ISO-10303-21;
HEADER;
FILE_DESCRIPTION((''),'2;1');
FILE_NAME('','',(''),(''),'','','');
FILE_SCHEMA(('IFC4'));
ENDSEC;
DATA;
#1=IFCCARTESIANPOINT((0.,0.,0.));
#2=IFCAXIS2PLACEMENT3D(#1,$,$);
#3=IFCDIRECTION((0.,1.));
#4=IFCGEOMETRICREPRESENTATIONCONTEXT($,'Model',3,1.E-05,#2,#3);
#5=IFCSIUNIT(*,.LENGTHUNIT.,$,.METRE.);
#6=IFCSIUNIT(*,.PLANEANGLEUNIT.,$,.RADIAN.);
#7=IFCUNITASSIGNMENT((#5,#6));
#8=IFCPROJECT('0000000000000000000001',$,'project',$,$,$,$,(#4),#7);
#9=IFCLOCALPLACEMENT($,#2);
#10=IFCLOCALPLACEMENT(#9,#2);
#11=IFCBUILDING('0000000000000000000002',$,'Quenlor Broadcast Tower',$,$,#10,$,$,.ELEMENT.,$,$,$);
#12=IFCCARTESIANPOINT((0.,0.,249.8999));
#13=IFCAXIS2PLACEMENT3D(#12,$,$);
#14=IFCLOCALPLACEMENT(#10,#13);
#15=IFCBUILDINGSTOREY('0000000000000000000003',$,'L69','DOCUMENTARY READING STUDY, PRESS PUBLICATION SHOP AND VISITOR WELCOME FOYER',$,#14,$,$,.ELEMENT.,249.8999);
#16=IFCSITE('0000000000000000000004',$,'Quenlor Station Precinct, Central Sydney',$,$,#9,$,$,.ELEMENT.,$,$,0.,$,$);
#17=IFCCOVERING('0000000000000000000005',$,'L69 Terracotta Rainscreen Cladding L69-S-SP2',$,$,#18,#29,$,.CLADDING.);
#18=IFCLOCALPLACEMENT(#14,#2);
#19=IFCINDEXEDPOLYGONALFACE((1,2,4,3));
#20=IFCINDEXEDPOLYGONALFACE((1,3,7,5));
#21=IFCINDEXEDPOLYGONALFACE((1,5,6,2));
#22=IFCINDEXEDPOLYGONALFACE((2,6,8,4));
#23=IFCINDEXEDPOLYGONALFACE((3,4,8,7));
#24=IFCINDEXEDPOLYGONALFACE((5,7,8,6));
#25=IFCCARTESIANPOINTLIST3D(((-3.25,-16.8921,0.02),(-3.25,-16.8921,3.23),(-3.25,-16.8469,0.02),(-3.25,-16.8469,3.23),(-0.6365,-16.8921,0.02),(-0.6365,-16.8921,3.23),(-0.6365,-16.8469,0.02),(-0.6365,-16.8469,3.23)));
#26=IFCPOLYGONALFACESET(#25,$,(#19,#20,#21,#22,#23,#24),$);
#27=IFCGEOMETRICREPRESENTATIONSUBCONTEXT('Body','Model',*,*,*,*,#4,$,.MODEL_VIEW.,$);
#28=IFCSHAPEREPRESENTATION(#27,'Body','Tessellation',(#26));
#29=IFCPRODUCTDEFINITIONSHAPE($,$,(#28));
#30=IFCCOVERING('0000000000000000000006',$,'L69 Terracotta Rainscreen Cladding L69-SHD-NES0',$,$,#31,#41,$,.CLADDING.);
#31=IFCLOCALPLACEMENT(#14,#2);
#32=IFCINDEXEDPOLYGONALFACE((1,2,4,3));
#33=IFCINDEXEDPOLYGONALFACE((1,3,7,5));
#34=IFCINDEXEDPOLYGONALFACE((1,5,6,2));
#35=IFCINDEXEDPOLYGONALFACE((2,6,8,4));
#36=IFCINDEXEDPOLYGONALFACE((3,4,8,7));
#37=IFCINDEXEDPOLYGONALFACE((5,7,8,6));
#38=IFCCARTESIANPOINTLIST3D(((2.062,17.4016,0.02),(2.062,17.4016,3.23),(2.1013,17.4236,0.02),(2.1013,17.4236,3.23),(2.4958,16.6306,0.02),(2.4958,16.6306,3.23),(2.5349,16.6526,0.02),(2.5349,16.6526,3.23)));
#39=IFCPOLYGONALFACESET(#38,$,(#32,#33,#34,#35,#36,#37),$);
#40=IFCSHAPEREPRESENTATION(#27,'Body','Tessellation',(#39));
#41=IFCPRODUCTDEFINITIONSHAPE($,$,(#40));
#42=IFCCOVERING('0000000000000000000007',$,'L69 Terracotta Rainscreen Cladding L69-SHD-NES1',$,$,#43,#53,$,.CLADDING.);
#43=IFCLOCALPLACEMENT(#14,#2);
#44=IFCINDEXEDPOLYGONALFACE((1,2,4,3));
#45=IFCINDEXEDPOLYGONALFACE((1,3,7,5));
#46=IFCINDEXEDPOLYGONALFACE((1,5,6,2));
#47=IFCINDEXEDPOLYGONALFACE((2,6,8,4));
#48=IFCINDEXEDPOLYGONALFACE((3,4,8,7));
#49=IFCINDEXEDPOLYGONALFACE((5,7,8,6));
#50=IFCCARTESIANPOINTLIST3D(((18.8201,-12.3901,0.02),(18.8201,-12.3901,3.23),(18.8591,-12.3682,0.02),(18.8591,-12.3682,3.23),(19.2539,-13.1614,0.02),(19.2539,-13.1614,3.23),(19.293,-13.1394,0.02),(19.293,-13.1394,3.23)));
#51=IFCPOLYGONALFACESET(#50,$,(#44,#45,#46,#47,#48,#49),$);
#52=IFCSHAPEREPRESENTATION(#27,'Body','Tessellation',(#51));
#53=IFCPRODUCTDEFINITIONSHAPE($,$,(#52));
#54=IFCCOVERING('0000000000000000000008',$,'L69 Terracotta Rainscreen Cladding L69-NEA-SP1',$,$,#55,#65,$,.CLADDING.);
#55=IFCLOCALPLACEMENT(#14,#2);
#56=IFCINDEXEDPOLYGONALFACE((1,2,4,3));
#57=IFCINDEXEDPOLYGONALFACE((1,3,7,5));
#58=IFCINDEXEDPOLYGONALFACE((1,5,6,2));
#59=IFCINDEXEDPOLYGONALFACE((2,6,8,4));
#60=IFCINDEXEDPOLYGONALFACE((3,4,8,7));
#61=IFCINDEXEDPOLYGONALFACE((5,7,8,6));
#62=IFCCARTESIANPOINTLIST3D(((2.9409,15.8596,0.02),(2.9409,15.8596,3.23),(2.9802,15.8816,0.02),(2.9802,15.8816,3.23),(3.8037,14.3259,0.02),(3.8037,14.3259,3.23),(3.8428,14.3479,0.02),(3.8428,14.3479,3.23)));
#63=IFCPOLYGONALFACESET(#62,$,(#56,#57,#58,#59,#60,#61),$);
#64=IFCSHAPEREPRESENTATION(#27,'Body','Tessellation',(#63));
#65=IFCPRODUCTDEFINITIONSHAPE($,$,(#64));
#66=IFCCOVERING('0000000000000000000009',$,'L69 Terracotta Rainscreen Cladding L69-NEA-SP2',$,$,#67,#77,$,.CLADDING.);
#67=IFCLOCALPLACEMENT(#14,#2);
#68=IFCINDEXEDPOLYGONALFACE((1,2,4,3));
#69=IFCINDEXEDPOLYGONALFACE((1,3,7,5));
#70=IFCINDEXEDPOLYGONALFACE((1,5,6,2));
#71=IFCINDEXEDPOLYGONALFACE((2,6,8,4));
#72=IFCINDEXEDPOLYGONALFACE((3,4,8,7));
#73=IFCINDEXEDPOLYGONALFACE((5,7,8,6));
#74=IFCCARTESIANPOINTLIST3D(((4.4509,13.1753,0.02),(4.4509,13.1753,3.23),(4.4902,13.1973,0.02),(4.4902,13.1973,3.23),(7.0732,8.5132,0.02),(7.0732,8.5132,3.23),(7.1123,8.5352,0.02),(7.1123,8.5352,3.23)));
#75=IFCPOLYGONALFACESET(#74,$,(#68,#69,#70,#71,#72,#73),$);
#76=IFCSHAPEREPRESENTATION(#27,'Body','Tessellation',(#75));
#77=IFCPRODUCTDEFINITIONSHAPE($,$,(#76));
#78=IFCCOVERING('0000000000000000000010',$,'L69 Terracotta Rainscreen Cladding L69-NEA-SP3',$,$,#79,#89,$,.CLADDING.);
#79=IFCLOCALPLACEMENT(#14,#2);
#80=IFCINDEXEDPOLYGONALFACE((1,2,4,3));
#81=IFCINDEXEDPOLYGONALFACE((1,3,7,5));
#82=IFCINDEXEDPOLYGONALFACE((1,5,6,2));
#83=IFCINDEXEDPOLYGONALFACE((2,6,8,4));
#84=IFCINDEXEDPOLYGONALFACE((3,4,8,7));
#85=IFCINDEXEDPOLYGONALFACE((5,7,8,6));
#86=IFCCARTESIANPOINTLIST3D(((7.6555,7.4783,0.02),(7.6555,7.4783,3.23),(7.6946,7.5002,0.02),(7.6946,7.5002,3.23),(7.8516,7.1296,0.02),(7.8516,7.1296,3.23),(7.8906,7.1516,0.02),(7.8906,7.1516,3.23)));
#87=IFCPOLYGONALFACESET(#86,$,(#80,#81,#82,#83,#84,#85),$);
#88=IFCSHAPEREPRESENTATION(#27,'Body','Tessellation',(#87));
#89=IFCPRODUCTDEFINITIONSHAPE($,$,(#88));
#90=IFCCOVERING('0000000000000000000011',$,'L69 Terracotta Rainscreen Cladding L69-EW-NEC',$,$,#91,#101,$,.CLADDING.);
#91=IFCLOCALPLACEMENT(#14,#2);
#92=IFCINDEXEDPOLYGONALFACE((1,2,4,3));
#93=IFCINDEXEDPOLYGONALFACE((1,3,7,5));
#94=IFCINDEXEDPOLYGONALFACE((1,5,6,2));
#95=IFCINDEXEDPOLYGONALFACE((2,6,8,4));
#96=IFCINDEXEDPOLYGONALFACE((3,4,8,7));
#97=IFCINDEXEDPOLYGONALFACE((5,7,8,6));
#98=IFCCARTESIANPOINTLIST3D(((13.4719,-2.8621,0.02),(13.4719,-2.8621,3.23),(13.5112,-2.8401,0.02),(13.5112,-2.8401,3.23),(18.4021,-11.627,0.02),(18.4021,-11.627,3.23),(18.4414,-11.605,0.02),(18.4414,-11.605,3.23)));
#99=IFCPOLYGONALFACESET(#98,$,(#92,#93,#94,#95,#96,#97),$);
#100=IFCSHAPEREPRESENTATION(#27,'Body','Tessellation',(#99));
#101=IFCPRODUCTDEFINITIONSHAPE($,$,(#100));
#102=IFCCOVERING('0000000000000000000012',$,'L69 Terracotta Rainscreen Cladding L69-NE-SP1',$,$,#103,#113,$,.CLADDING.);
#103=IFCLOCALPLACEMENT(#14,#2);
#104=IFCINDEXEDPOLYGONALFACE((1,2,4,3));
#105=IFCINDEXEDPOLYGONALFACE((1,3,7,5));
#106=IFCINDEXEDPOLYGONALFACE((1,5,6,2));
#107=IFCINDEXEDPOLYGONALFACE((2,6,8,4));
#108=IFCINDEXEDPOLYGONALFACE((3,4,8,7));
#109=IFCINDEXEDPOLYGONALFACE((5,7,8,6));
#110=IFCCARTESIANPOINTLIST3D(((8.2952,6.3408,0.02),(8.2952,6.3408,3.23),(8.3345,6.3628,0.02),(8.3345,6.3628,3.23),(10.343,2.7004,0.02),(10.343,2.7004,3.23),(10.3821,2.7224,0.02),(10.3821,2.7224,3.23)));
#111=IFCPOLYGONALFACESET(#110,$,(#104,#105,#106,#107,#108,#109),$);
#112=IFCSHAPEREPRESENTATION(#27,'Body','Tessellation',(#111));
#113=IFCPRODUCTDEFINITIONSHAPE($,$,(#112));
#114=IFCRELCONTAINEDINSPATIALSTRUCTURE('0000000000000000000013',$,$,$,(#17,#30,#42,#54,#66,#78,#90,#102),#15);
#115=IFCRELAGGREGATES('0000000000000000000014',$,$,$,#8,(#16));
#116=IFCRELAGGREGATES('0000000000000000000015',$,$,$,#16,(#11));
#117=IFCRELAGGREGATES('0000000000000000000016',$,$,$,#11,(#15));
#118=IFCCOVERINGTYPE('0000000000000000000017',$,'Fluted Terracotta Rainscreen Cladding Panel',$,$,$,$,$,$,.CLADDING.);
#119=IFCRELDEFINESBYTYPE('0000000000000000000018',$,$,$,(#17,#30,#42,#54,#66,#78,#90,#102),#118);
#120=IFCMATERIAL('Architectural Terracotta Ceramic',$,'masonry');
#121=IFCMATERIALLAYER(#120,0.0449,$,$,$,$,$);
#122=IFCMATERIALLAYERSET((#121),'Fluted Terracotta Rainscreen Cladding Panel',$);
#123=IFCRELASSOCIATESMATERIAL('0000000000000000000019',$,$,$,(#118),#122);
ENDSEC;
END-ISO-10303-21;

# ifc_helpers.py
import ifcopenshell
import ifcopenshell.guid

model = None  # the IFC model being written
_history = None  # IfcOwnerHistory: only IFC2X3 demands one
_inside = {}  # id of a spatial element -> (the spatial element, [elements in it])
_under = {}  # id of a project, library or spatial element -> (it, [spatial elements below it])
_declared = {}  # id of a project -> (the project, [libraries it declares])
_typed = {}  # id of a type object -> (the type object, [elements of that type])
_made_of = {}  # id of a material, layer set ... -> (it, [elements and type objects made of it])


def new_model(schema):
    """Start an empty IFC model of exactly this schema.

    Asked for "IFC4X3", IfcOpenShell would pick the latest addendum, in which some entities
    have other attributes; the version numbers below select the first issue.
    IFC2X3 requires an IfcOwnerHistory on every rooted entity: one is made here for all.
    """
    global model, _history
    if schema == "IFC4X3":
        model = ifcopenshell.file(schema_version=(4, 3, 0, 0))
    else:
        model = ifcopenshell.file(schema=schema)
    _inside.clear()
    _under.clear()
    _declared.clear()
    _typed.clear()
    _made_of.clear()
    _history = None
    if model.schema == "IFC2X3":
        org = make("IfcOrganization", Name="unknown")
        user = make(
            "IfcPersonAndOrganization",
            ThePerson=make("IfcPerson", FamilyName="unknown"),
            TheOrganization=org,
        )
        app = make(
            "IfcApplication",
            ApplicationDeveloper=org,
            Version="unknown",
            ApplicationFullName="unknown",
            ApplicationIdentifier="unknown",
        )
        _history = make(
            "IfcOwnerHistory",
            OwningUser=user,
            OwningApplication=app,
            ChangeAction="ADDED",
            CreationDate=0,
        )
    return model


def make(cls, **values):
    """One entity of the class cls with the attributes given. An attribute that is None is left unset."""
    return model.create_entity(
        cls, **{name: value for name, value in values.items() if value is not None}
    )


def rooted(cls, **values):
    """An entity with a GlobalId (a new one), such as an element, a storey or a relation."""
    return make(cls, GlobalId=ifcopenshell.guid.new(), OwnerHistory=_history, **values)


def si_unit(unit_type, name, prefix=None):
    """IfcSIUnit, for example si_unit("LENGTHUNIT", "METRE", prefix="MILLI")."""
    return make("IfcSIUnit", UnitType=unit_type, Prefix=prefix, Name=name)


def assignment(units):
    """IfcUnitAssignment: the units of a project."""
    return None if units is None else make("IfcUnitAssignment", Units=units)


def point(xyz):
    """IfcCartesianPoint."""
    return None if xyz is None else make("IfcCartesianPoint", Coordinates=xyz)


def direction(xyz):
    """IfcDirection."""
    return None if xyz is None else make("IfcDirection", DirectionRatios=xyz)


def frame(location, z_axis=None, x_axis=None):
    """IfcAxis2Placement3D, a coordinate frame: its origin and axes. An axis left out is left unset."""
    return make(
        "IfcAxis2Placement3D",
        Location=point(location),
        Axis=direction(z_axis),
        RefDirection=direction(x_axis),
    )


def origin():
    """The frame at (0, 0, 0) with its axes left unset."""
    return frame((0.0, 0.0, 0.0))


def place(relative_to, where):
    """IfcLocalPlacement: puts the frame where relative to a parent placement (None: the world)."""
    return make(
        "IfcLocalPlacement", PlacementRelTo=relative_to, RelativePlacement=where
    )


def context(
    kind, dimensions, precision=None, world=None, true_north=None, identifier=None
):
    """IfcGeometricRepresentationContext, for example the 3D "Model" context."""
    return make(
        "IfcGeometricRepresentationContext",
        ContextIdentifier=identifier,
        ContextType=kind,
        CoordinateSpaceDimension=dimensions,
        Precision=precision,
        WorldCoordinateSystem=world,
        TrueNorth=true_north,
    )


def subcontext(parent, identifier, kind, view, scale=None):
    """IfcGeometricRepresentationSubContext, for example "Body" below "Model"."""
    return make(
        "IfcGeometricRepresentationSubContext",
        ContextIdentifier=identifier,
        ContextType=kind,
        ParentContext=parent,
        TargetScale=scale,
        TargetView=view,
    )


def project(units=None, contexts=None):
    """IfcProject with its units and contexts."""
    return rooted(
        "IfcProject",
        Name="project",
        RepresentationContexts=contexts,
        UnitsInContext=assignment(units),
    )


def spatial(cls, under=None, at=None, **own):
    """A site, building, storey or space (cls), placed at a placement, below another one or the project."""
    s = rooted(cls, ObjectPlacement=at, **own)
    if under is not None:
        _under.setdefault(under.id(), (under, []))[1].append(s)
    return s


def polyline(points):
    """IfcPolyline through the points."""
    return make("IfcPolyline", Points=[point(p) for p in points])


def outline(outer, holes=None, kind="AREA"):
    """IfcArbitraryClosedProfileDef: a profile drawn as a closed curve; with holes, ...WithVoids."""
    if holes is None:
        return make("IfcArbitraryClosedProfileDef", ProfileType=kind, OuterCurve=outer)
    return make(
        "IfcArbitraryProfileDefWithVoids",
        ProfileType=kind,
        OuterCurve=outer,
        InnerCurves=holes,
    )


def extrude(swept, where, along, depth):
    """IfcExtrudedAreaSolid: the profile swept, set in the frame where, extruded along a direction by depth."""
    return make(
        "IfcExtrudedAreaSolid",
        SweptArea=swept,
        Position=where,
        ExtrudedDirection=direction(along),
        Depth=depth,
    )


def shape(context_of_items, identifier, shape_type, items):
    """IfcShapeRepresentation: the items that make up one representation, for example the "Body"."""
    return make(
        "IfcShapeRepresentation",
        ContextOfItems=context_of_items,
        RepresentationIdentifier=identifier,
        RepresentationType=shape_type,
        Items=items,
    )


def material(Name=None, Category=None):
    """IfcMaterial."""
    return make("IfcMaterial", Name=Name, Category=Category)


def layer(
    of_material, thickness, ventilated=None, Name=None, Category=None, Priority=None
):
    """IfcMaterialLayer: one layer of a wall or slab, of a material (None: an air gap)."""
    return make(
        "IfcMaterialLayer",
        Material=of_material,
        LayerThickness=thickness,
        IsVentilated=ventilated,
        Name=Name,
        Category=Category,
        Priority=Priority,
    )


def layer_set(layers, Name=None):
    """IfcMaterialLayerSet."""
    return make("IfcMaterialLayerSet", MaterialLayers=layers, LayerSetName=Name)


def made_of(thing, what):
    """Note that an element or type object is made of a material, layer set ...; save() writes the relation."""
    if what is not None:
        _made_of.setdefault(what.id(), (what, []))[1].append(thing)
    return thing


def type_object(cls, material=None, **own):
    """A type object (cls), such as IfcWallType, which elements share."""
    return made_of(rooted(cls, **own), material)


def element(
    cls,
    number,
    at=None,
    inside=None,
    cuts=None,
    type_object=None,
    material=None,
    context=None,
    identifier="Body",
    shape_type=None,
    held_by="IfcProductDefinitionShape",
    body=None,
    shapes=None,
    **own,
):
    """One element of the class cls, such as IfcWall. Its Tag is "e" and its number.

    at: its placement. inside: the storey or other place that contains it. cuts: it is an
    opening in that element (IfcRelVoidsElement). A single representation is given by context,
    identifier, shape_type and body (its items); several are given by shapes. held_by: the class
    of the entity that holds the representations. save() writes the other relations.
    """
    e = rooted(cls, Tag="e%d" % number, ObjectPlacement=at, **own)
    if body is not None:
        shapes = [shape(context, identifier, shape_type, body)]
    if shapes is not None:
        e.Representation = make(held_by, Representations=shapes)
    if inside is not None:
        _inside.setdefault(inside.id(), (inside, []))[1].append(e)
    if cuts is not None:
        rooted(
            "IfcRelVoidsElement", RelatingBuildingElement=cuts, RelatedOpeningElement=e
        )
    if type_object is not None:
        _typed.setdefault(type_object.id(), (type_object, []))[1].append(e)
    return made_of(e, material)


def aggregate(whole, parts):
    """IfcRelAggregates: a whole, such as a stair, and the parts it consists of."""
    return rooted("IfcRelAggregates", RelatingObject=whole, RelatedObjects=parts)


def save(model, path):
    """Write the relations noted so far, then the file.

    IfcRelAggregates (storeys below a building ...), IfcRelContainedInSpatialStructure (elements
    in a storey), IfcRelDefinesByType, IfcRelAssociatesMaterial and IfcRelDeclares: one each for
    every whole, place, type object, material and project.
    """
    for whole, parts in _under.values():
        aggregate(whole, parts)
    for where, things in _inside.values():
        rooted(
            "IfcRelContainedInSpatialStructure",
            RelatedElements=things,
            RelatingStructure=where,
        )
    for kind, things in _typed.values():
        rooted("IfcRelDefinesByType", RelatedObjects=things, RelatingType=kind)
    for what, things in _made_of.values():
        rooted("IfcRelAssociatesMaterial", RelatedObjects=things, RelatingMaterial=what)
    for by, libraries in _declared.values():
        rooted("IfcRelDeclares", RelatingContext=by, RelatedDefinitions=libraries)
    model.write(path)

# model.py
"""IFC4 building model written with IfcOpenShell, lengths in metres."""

from ifc_helpers import new_model, si_unit, direction, frame, origin, place, context, subcontext, project, spatial, polyline, outline, extrude, material, layer, layer_set, type_object, element, save


model = new_model("IFC4")

# Units and contexts
model_context = context("Model", 3, precision=1e-05, world=origin(), true_north=direction((0.0, 1.0)))
body_context = subcontext(model_context, "Body", "Model", "MODEL_VIEW")
ifc_project = project(units=[si_unit("LENGTHUNIT", "METRE"), si_unit("PLANEANGLEUNIT", "RADIAN")], contexts=[model_context])

# Site, building, storey
site_placement = place(None, origin())
site = spatial("IfcSite", under=ifc_project, at=site_placement, Name="Quenlor Station Precinct, Central Sydney", CompositionType="ELEMENT", RefElevation=0.0)
building_placement = place(site_placement, origin())
building = spatial("IfcBuilding", under=site, at=building_placement, Name="Quenlor Broadcast Tower", CompositionType="ELEMENT")
storey_placement = place(building_placement, frame((0.0, 0.0, 249.8999)))
storey = spatial("IfcBuildingStorey", under=building, at=storey_placement, Name="L69", Description="DOCUMENTARY READING STUDY, PRESS PUBLICATION SHOP AND VISITOR WELCOME FOYER", CompositionType="ELEMENT", Elevation=249.8999)

# Coverings
ifc_material_1 = material(Name="Architectural Terracotta Ceramic", Category="masonry")
ifc_layer_1 = layer(ifc_material_1, 0.0449)
ifc_layer_set_1 = layer_set([ifc_layer_1], Name="Fluted Terracotta Rainscreen Cladding Panel")
covering_type = type_object("IfcCoveringType", Name="Fluted Terracotta Rainscreen Cladding Panel", PredefinedType="CLADDING", material=ifc_layer_set_1)
covering_1_placement = place(storey_placement, frame((0.0, 0.0, 0.02)))
element("IfcCovering", 1, at=covering_1_placement, inside=storey, type_object=covering_type, Name="L69 Terracotta Rainscreen Cladding L69-S-SP2", PredefinedType="CLADDING", context=body_context, shape_type="SweptSolid", body=[
    extrude(outline(polyline([(-0.6365, -16.8469), (-3.25, -16.8469), (-3.25, -16.8921), (-0.6365, -16.8921), (-0.6365, -16.8469)])), origin(), (0.0, 0.0, 1.0), 3.21),
])
covering_2_placement = place(storey_placement, frame((0.0, 0.0, 0.02)))
element("IfcCovering", 2, at=covering_2_placement, inside=storey, type_object=covering_type, Name="L69 Terracotta Rainscreen Cladding L69-SHD-NES0", PredefinedType="CLADDING", context=body_context, shape_type="SweptSolid", body=[
    extrude(outline(polyline([(2.062, 17.4016), (2.4958, 16.6306), (2.5349, 16.6526), (2.1013, 17.4236), (2.062, 17.4016)])), origin(), (0.0, 0.0, 1.0), 3.21),
])
covering_3_placement = place(storey_placement, frame((0.0, 0.0, 0.02)))
element("IfcCovering", 3, at=covering_3_placement, inside=storey, type_object=covering_type, Name="L69 Terracotta Rainscreen Cladding L69-SHD-NES1", PredefinedType="CLADDING", context=body_context, shape_type="SweptSolid", body=[
    extrude(outline(polyline([(18.8201, -12.3901), (19.2539, -13.1614), (19.293, -13.1394), (18.8591, -12.3682), (18.8201, -12.3901)])), origin(), (0.0, 0.0, 1.0), 3.21),
])
covering_4_placement = place(storey_placement, frame((0.0, 0.0, 0.02)))
element("IfcCovering", 4, at=covering_4_placement, inside=storey, type_object=covering_type, Name="L69 Terracotta Rainscreen Cladding L69-NEA-SP1", PredefinedType="CLADDING", context=body_context, shape_type="SweptSolid", body=[
    extrude(outline(polyline([(2.9409, 15.8596), (3.8037, 14.3259), (3.8428, 14.3479), (2.9802, 15.8816), (2.9409, 15.8596)])), origin(), (0.0, 0.0, 1.0), 3.21),
])
covering_5_placement = place(storey_placement, frame((0.0, 0.0, 0.02)))
element("IfcCovering", 5, at=covering_5_placement, inside=storey, type_object=covering_type, Name="L69 Terracotta Rainscreen Cladding L69-NEA-SP2", PredefinedType="CLADDING", context=body_context, shape_type="SweptSolid", body=[
    extrude(outline(polyline([(4.4509, 13.1753), (7.0732, 8.5132), (7.1123, 8.5352), (4.4902, 13.1973), (4.4509, 13.1753)])), origin(), (0.0, 0.0, 1.0), 3.21),
])
covering_6_placement = place(storey_placement, frame((0.0, 0.0, 0.02)))
element("IfcCovering", 6, at=covering_6_placement, inside=storey, type_object=covering_type, Name="L69 Terracotta Rainscreen Cladding L69-NEA-SP3", PredefinedType="CLADDING", context=body_context, shape_type="SweptSolid", body=[
    extrude(outline(polyline([(7.6555, 7.4783), (7.8516, 7.1296), (7.8906, 7.1516), (7.6946, 7.5002), (7.6555, 7.4783)])), origin(), (0.0, 0.0, 1.0), 3.21),
])
covering_7_placement = place(storey_placement, frame((0.0, 0.0, 0.02)))
element("IfcCovering", 7, at=covering_7_placement, inside=storey, type_object=covering_type, Name="L69 Terracotta Rainscreen Cladding L69-EW-NEC", PredefinedType="CLADDING", context=body_context, shape_type="SweptSolid", body=[
    extrude(outline(polyline([(13.4719, -2.8621), (18.4021, -11.627), (18.4414, -11.605), (13.5112, -2.8401), (13.4719, -2.8621)])), origin(), (0.0, 0.0, 1.0), 3.21),
])
covering_8_placement = place(storey_placement, frame((0.0, 0.0, 0.02)))
element("IfcCovering", 8, at=covering_8_placement, inside=storey, type_object=covering_type, Name="L69 Terracotta Rainscreen Cladding L69-NE-SP1", PredefinedType="CLADDING", context=body_context, shape_type="SweptSolid", body=[
    extrude(outline(polyline([(8.2952, 6.3408), (10.343, 2.7004), (10.3821, 2.7224), (8.3345, 6.3628), (8.2952, 6.3408)])), origin(), (0.0, 0.0, 1.0), 3.21),
])

save(model, "model.ifc")
